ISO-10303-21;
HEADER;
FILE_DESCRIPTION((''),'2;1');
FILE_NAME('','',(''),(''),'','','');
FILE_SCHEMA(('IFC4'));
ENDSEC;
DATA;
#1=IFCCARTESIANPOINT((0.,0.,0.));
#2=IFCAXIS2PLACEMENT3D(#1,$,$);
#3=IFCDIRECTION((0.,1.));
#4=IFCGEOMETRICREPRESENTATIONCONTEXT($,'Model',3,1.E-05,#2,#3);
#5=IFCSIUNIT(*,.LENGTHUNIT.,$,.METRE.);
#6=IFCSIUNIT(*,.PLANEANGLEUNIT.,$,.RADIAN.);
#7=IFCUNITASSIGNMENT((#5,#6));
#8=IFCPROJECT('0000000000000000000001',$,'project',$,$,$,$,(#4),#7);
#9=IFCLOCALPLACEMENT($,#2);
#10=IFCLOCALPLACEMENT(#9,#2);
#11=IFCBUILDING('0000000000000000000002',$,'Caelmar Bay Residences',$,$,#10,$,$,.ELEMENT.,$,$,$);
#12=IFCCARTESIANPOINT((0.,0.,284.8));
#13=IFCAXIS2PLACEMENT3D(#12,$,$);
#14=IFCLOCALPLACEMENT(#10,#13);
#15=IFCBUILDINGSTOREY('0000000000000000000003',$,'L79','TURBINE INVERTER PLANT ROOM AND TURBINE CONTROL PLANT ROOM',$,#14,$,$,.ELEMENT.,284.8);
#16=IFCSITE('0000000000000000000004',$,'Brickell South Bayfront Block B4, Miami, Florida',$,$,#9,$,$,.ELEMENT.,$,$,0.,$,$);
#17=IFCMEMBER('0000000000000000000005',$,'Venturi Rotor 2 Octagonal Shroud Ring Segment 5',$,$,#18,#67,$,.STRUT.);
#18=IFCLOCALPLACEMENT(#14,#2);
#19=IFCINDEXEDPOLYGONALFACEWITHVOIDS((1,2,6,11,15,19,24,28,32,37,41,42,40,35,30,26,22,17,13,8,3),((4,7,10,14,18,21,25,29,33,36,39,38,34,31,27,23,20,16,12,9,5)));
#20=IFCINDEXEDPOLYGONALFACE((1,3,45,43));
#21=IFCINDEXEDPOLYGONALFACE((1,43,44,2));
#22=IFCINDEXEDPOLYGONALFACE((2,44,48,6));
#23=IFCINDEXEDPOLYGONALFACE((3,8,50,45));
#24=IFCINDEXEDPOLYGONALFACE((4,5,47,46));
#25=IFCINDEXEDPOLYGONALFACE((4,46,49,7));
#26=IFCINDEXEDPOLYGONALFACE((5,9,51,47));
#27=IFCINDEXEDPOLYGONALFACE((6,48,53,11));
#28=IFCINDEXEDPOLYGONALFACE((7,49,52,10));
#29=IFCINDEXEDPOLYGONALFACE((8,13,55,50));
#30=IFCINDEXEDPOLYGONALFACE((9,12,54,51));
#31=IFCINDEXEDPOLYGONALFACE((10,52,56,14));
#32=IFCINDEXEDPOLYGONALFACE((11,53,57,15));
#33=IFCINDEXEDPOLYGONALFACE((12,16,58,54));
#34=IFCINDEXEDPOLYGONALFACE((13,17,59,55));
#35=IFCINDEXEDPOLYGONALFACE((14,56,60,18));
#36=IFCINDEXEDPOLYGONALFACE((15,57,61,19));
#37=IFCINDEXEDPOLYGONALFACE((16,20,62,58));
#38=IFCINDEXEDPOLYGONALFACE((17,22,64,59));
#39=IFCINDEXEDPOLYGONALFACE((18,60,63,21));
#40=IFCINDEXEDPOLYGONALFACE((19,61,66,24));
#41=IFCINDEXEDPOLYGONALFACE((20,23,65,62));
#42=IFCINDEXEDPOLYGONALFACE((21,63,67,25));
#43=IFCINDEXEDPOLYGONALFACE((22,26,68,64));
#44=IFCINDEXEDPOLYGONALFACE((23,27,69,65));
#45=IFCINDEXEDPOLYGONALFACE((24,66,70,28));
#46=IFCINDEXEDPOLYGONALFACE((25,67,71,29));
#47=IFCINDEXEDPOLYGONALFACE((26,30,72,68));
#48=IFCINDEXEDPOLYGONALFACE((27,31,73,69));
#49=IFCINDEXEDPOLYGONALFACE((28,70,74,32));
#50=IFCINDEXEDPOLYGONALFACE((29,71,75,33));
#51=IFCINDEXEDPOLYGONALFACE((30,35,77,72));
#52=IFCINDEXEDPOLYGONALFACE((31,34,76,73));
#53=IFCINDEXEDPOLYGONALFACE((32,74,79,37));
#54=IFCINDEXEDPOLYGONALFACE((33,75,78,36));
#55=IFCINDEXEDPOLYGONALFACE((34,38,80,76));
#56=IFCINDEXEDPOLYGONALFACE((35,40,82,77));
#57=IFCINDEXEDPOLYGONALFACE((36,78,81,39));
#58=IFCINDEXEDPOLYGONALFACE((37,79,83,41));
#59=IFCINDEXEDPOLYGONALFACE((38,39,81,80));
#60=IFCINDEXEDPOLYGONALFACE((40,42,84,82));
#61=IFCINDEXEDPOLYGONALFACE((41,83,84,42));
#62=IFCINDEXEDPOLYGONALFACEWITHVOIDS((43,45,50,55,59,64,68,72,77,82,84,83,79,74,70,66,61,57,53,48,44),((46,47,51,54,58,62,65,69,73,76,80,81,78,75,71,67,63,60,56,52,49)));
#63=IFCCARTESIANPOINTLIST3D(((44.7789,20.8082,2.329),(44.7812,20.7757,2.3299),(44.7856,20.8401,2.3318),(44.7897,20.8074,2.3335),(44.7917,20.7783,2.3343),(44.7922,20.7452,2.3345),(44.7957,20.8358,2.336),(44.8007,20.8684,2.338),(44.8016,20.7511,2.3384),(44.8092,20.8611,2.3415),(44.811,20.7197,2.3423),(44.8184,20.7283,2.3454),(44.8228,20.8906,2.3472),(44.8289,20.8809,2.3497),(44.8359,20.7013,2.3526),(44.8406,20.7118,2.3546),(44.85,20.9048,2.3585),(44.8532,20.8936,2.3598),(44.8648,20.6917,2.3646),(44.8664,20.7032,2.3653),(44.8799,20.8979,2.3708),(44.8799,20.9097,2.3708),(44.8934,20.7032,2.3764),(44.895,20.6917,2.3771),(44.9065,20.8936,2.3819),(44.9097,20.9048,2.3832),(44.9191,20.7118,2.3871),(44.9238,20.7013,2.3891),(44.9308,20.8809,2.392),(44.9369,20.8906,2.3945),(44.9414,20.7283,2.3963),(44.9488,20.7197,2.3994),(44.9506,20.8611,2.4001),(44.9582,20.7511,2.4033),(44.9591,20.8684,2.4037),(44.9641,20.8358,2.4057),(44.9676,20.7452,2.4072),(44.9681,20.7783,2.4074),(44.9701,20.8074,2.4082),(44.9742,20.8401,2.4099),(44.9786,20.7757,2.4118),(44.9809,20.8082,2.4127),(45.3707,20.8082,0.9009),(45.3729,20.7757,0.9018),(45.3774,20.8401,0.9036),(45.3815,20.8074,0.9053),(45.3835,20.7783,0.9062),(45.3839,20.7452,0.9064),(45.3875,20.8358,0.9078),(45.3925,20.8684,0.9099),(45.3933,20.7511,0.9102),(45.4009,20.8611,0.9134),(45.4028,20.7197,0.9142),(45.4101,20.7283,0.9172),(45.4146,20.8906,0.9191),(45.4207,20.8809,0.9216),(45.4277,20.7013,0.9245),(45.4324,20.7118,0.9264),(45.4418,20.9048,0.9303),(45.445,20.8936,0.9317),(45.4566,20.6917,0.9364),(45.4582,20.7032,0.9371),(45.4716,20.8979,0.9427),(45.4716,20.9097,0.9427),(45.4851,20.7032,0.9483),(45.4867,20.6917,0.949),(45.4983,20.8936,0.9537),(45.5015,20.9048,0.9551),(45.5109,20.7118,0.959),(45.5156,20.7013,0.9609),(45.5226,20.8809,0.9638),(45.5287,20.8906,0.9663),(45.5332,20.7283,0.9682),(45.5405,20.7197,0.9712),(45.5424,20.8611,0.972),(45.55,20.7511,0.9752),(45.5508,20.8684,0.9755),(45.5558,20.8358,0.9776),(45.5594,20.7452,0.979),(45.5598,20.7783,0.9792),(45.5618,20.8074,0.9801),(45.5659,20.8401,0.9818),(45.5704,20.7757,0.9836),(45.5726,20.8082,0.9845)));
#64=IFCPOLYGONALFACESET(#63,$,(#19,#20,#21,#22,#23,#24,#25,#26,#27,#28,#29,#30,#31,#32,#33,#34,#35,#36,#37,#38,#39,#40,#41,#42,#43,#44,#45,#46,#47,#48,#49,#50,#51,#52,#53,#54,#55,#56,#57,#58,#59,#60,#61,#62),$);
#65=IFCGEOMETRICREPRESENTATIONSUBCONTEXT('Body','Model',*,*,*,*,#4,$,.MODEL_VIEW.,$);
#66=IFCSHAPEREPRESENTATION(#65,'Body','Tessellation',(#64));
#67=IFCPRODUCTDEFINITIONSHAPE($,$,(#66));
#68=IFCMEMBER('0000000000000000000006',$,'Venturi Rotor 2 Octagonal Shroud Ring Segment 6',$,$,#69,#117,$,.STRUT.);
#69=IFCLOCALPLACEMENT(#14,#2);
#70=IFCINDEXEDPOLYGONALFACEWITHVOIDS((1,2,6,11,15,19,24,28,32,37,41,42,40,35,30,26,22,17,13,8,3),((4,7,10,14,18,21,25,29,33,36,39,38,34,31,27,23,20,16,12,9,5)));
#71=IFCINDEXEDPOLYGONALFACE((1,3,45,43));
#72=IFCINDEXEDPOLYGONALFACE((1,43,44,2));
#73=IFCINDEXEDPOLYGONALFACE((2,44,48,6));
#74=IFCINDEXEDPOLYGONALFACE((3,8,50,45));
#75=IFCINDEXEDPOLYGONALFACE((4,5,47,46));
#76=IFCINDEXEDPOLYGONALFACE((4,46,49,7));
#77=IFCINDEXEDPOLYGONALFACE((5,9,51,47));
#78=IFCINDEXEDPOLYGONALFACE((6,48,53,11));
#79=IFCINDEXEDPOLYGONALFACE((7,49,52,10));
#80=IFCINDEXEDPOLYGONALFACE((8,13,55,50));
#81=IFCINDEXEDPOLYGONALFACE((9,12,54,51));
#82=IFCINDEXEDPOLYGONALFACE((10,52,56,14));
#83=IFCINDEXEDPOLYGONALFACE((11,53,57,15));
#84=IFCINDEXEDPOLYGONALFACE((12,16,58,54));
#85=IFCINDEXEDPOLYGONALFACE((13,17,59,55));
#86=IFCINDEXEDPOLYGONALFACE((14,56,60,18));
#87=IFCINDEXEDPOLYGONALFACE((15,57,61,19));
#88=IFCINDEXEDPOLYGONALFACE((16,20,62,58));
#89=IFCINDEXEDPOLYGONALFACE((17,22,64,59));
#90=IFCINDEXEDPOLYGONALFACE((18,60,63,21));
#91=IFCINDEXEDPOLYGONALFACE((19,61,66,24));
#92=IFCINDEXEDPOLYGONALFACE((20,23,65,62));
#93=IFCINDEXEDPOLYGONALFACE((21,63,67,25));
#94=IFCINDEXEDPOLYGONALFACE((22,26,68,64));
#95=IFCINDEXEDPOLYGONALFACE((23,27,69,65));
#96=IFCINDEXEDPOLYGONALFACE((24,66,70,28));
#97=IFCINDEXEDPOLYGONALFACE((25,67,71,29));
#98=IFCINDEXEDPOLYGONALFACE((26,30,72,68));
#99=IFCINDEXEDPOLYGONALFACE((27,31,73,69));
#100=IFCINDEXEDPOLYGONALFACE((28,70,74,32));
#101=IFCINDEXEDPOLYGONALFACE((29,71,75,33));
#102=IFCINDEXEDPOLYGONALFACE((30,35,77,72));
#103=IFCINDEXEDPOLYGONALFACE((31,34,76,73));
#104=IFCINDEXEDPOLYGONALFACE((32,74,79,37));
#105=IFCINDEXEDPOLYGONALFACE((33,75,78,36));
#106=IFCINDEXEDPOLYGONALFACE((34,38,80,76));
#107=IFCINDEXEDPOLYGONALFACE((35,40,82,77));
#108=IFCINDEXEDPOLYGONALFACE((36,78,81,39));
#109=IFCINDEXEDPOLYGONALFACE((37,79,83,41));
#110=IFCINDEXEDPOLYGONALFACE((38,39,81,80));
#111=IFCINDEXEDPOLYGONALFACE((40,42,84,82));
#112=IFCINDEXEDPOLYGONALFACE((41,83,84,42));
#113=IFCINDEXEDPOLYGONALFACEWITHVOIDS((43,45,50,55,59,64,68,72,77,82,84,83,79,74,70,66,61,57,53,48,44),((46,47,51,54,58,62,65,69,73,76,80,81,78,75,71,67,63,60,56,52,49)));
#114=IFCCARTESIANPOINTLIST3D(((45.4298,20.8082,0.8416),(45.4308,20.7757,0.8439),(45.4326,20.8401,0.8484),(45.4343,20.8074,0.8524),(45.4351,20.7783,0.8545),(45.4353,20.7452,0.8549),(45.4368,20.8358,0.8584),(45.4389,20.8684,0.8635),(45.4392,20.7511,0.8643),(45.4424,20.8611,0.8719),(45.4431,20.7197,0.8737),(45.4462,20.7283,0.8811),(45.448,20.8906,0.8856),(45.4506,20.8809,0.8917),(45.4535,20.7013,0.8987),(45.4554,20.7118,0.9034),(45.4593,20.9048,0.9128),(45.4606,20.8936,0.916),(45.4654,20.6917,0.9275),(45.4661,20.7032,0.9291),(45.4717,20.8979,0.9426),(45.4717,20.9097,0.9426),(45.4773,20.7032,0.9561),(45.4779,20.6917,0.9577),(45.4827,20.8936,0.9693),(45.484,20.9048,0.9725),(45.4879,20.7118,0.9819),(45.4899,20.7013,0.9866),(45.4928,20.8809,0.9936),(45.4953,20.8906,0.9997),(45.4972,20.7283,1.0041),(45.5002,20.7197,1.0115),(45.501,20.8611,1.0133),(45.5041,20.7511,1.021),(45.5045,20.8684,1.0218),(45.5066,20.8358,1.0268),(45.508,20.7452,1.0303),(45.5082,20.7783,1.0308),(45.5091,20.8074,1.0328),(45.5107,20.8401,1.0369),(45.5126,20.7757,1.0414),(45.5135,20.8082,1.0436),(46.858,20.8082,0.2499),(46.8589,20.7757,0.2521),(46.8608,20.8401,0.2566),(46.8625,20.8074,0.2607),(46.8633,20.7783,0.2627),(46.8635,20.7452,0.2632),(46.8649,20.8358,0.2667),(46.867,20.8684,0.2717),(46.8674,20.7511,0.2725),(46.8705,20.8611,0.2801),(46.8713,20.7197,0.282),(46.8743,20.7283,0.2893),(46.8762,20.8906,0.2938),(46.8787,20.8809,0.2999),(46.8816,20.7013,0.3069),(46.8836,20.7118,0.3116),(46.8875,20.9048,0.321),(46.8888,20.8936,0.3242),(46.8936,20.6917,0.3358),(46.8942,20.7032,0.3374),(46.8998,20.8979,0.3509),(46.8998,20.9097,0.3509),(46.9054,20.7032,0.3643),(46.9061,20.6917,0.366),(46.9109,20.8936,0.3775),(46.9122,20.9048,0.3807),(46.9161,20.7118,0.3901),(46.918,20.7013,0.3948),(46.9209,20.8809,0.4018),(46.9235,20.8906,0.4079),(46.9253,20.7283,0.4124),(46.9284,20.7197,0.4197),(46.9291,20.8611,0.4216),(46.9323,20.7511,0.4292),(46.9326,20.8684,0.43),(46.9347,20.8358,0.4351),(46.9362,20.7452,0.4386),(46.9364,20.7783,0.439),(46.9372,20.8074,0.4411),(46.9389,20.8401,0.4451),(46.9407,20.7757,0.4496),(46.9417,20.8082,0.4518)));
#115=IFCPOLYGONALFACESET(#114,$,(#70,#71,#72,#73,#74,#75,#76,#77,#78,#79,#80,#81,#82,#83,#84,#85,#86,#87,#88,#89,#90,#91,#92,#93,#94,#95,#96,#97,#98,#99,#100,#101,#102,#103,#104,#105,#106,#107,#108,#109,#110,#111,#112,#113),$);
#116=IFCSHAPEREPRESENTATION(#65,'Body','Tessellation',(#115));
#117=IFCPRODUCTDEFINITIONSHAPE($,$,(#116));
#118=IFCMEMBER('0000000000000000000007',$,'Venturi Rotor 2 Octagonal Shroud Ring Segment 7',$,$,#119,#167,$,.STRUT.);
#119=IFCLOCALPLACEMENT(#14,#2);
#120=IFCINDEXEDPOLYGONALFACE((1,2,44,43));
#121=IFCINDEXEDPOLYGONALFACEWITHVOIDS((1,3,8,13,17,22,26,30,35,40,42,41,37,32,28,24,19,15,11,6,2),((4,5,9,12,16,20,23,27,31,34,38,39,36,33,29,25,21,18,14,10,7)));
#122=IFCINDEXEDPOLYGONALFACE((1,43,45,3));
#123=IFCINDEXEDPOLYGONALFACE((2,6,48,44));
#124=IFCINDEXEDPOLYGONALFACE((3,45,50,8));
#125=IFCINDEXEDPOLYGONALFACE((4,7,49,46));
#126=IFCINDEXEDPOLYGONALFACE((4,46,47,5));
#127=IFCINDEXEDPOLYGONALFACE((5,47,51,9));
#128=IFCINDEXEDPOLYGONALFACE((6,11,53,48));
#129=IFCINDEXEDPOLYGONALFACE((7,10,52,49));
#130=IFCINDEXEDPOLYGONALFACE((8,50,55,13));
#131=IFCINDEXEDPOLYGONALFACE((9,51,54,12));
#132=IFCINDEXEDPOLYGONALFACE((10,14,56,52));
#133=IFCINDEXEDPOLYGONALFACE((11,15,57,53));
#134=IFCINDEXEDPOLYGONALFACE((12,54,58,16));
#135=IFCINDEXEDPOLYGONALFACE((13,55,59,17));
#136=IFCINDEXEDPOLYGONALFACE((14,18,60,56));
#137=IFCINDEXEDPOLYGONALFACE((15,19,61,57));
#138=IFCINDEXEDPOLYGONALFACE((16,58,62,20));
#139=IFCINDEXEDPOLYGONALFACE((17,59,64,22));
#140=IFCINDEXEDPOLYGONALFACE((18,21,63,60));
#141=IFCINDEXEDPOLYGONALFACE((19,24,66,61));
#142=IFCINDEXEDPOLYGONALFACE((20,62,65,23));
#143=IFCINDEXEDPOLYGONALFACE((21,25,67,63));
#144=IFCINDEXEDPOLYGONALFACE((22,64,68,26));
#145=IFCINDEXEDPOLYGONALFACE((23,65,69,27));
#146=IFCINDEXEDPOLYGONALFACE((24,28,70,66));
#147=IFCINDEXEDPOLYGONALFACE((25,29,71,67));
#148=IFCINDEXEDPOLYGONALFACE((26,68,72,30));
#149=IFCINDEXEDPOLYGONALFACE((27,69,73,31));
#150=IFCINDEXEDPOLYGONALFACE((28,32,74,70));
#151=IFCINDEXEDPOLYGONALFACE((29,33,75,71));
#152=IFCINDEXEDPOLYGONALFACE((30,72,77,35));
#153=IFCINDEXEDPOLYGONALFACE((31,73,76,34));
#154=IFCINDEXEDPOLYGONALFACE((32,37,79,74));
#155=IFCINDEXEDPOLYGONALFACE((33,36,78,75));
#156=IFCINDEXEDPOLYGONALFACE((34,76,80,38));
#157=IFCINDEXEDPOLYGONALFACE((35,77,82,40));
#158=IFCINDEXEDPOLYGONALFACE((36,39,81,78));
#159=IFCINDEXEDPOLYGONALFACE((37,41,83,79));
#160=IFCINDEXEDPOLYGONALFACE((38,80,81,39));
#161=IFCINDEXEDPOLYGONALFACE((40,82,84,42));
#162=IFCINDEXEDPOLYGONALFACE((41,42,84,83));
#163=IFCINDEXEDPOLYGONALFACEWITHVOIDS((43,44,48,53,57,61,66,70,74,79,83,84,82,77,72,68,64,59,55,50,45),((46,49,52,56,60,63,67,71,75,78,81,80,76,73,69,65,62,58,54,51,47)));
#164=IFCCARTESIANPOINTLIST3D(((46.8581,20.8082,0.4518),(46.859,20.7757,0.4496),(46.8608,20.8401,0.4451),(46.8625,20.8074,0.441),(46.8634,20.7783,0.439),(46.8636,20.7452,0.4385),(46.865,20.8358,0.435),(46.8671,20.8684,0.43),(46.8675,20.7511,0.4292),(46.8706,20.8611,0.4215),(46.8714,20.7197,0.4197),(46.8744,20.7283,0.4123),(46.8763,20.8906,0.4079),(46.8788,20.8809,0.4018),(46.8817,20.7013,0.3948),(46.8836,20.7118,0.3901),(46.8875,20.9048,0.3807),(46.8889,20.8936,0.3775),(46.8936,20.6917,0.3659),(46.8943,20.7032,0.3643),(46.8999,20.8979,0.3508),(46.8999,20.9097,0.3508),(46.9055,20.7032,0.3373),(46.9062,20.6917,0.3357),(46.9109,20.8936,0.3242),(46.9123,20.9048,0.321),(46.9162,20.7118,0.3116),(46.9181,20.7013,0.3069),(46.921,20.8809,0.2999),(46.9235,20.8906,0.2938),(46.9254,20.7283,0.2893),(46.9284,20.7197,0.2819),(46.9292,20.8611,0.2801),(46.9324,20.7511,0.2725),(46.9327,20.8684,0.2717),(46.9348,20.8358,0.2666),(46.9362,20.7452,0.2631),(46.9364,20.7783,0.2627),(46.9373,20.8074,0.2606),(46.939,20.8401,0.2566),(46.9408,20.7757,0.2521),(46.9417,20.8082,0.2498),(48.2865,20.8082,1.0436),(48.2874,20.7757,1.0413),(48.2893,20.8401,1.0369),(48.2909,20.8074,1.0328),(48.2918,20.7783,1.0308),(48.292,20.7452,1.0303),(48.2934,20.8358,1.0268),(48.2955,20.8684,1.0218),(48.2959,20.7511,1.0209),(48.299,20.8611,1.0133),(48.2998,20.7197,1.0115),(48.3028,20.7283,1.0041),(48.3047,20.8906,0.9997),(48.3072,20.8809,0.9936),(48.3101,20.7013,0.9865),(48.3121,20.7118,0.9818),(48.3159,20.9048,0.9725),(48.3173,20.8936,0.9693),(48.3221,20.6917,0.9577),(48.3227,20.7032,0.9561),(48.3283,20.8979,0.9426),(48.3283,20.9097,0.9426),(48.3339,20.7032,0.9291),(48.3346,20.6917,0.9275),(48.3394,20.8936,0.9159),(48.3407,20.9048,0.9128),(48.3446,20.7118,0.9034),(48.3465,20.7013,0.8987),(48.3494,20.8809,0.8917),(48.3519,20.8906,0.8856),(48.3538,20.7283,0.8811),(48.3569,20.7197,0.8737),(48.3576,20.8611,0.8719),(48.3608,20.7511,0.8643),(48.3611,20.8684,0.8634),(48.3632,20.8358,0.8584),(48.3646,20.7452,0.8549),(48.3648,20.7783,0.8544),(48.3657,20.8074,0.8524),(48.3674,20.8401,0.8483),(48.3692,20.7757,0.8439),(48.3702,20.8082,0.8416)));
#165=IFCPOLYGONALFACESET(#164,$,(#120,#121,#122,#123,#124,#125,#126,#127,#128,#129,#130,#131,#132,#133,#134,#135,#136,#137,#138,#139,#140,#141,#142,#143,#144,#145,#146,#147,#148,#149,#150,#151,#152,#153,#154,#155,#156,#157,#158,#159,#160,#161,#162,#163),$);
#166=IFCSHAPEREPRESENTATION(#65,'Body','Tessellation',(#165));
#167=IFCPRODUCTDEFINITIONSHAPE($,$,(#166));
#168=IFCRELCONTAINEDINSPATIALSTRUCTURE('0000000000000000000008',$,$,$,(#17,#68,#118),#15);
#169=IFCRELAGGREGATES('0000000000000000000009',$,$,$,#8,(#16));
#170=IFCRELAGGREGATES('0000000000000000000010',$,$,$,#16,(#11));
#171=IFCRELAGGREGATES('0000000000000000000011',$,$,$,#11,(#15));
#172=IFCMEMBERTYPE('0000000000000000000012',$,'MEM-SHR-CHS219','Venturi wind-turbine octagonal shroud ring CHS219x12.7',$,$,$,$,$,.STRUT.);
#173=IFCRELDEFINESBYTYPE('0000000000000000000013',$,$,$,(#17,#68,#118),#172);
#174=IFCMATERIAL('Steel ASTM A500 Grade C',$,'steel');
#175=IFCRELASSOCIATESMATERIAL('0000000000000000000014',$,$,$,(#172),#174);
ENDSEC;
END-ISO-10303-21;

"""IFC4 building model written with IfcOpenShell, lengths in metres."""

from ifc_helpers import new_model, si_unit, direction, frame, origin, origin_2d, place, context, subcontext, project, spatial, hollow_circle, extrude, material, material_profile, profile_set, type_object, element, save


model = new_model("IFC4")

# Units and contexts
model_context = context("Model", 3, precision=1e-05, world=origin(), true_north=direction((0.0, 1.0)))
body_context = subcontext(model_context, "Body", "Model", "MODEL_VIEW")
ifc_project = project(units=[si_unit("LENGTHUNIT", "METRE"), si_unit("PLANEANGLEUNIT", "RADIAN")], contexts=[model_context])

# Site, building, storey
site_placement = place(None, origin())
site = spatial("IfcSite", under=ifc_project, at=site_placement, Name="Brickell South Bayfront Block B4, Miami, Florida", CompositionType="ELEMENT", RefElevation=0.0)
building_placement = place(site_placement, origin())
building = spatial("IfcBuilding", under=site, at=building_placement, Name="Caelmar Bay Residences", CompositionType="ELEMENT")
storey_placement = place(building_placement, frame((0.0, 0.0, 284.8)))
storey = spatial("IfcBuildingStorey", under=building, at=storey_placement, Name="L79", Description="TURBINE INVERTER PLANT ROOM AND TURBINE CONTROL PLANT ROOM", CompositionType="ELEMENT", Elevation=284.8)

# Members
ifc_material_1 = material(Name="Steel ASTM A500 Grade C", Category="steel")
ifc_material_profile_1 = material_profile(ifc_material_1, hollow_circle(Radius=0.1096, WallThickness=0.0117, at=origin_2d()), Name="CHS219X12.7")
ifc_profile_set_1 = profile_set([ifc_material_profile_1], Name="Steel ASTM A500 Grade C")
member_type_1 = type_object("IfcMemberType", Name="MEM-SHR-CHS219", Description="Venturi wind-turbine octagonal shroud ring CHS219x12.7", PredefinedType="STRUT", material=ifc_profile_set_1)
for number, where, z_axis, x_axis, name in (
    (1, (44.8799, 20.8, 2.3708), (0.382798, 0.0, -0.923832), (0.0, 1.0, 0.0), "Venturi Rotor 2 Octagonal Shroud Ring Segment 5"),
    (2, (45.4717, 20.8, 0.9426), (0.923832, 0.0, -0.382798), (0.0, 1.0, 0.0), "Venturi Rotor 2 Octagonal Shroud Ring Segment 6"),
):
    element("IfcMember", number, at=place(storey_placement, frame(where, z_axis=z_axis, x_axis=x_axis)), inside=storey, type_object=member_type_1, Name=name, PredefinedType="STRUT", context=body_context, shape_type="SweptSolid", body=[
        extrude(hollow_circle(Radius=0.1096, WallThickness=0.0117, at=origin_2d()), origin(), (0.0, 0.0, 1.0), 1.5459),
    ])
member_1_placement = place(storey_placement, frame((46.8999, 20.8, 0.3508), z_axis=(0.923855, 0.0, 0.382742), x_axis=(0.0, 1.0, 0.0)))
element("IfcMember", 3, at=member_1_placement, inside=storey, type_object=member_type_1, Name="Venturi Rotor 2 Octagonal Shroud Ring Segment 7", PredefinedType="STRUT", context=body_context, shape_type="SweptSolid", body=[
    extrude(hollow_circle(Radius=0.1096, WallThickness=0.0117, at=origin_2d()), origin(), (0.0, 0.0, 1.0), 1.5461),
])

save(model, "model.ifc")
